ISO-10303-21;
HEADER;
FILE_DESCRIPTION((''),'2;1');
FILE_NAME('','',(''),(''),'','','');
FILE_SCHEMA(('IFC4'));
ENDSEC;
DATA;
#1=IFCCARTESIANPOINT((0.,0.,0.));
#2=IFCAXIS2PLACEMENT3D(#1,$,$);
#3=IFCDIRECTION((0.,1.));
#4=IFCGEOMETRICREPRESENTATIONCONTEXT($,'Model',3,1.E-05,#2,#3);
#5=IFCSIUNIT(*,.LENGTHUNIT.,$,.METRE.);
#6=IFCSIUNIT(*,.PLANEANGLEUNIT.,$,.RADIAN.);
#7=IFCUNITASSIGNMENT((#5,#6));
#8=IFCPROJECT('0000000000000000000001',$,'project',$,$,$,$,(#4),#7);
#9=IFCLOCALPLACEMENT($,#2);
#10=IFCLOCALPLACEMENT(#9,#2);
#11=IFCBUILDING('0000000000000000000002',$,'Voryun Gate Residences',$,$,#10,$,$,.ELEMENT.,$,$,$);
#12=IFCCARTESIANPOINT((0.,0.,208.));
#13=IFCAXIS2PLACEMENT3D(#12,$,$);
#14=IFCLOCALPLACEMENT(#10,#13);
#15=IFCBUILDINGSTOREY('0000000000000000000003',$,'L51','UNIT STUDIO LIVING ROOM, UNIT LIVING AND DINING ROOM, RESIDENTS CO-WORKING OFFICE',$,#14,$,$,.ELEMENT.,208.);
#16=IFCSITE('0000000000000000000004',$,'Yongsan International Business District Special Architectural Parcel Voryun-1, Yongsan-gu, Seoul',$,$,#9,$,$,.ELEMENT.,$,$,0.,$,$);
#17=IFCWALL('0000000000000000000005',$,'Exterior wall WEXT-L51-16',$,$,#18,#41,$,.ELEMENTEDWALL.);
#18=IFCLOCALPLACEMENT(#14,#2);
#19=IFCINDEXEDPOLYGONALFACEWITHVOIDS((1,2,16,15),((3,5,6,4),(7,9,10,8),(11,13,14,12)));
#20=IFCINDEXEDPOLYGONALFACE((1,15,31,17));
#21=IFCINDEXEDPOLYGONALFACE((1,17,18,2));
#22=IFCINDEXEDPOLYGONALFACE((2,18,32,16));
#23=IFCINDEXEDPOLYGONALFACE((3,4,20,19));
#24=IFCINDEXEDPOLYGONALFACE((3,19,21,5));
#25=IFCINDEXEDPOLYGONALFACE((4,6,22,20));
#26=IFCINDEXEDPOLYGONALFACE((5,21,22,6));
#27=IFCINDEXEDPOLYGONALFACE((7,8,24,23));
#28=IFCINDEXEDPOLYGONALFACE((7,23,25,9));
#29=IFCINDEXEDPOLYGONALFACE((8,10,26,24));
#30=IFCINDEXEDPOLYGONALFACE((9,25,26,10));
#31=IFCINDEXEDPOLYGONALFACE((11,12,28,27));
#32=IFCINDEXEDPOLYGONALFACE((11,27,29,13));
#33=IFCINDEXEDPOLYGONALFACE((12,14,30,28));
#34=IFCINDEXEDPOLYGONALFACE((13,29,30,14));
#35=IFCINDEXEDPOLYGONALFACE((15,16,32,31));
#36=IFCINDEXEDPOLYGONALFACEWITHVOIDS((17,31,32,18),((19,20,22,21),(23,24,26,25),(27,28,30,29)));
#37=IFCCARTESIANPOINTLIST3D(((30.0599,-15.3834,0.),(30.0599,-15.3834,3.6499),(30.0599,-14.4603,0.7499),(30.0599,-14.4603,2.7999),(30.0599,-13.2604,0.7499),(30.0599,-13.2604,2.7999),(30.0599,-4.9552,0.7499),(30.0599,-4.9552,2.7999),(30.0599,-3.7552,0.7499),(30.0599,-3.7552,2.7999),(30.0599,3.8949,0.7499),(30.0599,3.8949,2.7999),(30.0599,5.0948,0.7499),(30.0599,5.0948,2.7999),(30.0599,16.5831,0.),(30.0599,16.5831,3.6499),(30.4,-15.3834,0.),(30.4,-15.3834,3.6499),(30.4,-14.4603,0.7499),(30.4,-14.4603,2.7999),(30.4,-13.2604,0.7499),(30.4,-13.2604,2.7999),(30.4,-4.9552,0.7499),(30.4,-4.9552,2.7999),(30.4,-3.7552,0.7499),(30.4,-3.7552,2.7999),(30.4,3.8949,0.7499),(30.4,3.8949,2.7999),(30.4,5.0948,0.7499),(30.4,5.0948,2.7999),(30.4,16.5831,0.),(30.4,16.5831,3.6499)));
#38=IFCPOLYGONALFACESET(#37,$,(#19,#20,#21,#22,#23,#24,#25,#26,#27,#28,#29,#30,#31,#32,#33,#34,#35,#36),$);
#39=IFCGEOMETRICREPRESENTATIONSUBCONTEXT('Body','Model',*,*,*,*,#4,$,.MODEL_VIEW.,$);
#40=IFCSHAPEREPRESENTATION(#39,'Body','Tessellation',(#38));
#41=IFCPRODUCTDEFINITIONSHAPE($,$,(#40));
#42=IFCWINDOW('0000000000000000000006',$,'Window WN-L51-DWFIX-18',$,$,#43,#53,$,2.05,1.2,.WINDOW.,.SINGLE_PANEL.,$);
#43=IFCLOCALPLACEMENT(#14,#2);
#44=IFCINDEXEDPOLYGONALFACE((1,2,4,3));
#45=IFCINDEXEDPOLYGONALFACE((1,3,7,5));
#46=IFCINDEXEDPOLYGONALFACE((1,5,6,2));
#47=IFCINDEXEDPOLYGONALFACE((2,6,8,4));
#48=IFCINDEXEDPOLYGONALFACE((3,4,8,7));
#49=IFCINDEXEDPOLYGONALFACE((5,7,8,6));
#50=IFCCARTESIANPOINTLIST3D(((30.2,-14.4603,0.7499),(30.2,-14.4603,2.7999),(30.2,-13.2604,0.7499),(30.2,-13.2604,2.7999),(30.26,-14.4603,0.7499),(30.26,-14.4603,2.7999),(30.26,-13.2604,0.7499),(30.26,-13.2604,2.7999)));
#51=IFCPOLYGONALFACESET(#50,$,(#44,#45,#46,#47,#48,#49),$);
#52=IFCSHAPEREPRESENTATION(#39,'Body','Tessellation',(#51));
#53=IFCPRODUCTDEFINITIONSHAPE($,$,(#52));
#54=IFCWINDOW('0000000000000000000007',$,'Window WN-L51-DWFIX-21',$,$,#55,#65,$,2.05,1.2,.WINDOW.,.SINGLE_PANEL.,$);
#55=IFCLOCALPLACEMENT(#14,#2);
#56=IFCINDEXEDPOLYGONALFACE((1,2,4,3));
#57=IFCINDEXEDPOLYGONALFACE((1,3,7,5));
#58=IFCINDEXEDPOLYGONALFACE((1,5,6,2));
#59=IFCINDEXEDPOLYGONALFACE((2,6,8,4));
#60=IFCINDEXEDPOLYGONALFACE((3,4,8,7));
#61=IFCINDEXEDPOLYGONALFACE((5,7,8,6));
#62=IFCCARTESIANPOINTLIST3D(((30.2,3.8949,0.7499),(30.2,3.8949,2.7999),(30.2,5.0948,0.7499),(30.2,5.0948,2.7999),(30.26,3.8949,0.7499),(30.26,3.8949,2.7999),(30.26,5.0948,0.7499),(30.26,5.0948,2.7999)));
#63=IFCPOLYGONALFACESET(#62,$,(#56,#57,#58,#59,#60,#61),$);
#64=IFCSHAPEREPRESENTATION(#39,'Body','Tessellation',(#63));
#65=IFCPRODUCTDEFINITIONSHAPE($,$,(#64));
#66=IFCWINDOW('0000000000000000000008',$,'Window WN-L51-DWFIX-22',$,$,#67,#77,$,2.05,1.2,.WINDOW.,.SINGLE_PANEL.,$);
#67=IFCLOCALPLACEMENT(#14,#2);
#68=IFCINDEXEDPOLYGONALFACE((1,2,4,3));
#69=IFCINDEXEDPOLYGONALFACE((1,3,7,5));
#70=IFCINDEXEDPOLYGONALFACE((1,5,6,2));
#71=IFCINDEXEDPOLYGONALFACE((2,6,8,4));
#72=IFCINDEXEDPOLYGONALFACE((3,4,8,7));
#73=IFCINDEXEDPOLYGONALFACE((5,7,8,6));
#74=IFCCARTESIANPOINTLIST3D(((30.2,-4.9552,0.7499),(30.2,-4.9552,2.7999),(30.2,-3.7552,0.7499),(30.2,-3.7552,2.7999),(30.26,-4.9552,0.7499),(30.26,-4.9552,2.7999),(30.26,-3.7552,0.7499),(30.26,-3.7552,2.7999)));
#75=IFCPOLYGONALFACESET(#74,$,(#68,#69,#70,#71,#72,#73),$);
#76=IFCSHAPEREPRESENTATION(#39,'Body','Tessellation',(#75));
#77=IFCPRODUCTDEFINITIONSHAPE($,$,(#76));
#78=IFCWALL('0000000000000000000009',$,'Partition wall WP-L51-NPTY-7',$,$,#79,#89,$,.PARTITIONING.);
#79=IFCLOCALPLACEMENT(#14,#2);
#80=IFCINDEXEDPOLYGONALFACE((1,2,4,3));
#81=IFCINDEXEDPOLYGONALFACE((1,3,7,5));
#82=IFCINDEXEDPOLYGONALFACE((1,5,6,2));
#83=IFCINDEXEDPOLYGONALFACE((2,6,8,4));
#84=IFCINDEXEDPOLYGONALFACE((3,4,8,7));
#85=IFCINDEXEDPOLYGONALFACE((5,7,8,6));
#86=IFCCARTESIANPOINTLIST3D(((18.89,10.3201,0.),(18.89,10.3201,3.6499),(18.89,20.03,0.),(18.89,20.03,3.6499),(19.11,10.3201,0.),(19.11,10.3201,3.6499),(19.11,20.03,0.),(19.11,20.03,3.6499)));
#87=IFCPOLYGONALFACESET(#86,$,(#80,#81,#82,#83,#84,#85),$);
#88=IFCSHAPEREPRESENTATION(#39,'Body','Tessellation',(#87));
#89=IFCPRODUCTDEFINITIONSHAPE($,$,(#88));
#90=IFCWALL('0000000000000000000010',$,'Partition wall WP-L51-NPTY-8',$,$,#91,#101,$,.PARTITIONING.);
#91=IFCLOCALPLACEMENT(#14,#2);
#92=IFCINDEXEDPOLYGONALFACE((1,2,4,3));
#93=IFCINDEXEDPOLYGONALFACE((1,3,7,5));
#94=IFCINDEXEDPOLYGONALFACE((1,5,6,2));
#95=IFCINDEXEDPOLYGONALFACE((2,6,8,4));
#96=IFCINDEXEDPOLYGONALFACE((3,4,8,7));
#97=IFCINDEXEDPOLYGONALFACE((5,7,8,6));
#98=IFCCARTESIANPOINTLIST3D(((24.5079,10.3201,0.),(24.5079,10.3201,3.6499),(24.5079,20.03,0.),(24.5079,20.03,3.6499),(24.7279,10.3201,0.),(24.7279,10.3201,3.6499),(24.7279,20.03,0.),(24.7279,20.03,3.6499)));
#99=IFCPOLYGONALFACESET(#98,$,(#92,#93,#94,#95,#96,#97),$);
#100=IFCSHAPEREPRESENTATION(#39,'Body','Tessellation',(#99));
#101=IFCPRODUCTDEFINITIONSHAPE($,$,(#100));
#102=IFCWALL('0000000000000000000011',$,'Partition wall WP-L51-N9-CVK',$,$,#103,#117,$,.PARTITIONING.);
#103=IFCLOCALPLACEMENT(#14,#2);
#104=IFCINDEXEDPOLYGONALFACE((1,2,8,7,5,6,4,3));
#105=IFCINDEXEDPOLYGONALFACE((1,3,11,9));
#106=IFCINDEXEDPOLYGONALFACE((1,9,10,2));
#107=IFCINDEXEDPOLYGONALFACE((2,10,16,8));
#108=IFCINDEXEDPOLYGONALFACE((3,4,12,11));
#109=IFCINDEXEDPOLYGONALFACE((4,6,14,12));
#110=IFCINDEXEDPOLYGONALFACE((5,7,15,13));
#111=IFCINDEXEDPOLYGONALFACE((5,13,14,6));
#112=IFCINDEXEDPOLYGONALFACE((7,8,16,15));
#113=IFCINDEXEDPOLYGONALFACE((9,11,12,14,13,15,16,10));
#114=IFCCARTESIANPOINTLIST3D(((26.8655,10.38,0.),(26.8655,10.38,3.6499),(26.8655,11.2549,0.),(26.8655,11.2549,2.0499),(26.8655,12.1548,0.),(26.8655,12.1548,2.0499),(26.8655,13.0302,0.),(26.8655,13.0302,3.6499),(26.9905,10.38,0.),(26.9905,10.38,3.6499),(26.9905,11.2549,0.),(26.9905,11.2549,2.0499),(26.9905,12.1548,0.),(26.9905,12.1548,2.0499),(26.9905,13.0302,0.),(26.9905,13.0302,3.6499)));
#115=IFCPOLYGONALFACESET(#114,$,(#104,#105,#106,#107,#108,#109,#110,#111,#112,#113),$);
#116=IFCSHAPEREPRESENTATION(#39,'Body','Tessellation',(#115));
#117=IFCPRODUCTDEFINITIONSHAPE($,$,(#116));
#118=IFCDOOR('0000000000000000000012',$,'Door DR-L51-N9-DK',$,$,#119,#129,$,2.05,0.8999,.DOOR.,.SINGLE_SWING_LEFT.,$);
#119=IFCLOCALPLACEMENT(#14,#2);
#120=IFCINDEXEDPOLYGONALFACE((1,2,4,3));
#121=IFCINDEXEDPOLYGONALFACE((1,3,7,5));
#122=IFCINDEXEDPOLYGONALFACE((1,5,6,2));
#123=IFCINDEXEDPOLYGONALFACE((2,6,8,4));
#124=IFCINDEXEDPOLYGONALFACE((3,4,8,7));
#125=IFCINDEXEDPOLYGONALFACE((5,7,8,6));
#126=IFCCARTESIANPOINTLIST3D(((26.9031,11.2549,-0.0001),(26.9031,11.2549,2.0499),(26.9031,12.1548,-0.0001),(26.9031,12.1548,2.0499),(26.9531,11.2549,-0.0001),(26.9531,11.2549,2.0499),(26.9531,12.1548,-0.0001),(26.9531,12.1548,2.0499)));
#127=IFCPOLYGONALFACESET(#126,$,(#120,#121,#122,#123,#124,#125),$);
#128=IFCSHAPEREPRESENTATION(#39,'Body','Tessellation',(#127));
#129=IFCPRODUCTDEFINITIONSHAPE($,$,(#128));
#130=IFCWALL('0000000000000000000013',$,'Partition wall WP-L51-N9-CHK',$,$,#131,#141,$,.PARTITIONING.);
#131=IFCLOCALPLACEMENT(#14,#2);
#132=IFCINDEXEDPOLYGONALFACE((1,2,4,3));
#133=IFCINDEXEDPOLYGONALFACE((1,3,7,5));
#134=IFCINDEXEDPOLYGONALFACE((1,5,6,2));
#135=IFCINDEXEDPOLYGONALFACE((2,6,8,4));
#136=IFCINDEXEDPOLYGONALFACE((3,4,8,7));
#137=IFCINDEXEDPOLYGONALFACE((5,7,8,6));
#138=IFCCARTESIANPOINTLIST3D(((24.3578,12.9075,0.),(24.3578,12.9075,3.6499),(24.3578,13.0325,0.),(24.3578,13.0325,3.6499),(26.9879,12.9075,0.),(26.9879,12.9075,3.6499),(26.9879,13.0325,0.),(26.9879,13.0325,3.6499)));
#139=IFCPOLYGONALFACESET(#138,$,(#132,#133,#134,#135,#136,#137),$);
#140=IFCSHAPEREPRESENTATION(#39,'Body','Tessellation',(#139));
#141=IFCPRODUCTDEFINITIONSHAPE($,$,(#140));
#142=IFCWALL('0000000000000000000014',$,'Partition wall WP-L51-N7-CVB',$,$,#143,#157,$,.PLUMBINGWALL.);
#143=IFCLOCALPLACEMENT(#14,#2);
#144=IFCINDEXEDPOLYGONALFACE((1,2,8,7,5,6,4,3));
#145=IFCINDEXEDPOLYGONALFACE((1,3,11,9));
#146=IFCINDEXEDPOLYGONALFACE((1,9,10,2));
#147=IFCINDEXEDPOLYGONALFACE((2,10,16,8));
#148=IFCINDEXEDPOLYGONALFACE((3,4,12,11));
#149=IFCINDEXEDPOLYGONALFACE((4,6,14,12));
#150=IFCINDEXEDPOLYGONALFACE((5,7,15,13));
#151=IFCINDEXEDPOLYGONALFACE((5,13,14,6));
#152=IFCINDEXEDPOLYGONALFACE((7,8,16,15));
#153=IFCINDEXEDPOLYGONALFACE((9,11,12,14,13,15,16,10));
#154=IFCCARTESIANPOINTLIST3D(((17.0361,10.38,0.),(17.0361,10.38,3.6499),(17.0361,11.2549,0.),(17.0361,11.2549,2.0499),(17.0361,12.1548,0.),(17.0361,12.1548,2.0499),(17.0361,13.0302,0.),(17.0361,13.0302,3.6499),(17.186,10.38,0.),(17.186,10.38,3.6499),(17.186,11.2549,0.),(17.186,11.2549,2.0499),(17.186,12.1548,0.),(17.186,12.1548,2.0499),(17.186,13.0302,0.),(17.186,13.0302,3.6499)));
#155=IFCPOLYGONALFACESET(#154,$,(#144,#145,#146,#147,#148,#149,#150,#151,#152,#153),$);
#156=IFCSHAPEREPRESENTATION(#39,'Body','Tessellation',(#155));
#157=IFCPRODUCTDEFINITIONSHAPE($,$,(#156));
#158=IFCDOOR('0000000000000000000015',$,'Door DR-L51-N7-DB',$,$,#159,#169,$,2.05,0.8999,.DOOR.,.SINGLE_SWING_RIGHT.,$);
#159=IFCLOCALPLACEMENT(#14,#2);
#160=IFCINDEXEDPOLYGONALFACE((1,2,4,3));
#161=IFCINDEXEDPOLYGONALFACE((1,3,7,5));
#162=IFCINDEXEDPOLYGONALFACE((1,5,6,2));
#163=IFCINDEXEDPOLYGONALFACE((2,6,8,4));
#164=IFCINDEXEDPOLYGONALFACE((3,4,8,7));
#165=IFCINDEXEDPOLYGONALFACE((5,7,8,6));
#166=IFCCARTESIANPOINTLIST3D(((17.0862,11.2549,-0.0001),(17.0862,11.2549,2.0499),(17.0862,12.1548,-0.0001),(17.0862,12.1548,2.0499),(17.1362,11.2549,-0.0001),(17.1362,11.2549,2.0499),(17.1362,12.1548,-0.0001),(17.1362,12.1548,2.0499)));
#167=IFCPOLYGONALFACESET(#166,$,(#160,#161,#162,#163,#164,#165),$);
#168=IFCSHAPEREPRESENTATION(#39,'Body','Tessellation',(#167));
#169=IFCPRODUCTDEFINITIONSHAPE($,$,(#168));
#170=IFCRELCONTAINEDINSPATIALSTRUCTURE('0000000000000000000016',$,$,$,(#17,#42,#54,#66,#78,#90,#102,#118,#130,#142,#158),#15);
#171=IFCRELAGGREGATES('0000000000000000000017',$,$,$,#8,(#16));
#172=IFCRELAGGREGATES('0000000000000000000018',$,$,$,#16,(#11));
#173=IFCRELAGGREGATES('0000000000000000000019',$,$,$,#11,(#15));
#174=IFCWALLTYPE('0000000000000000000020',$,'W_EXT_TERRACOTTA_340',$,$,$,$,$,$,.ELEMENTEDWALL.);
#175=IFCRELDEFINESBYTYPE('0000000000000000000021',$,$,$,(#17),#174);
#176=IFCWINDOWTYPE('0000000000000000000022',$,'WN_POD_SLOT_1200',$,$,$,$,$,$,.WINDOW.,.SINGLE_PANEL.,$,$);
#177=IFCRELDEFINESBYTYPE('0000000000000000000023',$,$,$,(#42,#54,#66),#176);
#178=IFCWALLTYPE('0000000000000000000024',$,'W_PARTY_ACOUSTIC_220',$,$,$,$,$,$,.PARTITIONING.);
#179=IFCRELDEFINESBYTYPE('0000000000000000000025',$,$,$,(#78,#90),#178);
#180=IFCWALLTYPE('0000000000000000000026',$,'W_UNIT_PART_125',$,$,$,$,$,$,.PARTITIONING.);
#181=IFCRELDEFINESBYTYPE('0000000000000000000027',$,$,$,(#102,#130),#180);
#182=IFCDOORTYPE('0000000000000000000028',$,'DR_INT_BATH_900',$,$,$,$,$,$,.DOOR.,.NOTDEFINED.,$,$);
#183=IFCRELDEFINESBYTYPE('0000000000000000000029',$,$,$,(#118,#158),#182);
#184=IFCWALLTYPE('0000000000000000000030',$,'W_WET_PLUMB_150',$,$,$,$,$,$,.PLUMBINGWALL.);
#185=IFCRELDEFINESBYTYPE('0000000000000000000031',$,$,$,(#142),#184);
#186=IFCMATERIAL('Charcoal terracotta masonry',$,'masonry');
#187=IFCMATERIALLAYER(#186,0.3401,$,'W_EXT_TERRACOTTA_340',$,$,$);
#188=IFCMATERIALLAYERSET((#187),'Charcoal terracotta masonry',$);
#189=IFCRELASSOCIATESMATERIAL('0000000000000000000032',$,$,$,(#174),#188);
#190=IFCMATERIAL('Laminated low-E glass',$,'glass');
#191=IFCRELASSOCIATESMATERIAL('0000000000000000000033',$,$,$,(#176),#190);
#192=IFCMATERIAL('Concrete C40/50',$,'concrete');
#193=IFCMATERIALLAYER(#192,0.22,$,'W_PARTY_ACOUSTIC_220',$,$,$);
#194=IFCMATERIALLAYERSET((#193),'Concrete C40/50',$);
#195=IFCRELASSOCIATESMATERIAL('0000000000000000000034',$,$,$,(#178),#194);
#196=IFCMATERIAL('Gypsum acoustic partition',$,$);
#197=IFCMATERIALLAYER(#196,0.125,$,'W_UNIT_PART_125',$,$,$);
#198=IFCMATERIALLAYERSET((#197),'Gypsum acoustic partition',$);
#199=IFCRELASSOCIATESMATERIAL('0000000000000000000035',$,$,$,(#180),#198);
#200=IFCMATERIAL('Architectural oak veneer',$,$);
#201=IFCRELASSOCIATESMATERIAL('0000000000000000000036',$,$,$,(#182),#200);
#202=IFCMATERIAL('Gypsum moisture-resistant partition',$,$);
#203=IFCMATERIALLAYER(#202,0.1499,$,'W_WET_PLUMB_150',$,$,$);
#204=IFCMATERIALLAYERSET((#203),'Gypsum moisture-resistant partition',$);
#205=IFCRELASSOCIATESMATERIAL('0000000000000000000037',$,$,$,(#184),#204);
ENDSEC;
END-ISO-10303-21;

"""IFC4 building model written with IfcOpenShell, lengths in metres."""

from ifc_helpers import new_model, si_unit, direction, frame, frame_2d, origin, place, context, subcontext, project, spatial, rectangle, extrude, material, layer, layer_set, type_object, element, fill, save


model = new_model("IFC4")

# Units and contexts
model_context = context("Model", 3, precision=1e-05, world=origin(), true_north=direction((0.0, 1.0)))
body_context = subcontext(model_context, "Body", "Model", "MODEL_VIEW")
ifc_project = project(units=[si_unit("LENGTHUNIT", "METRE"), si_unit("PLANEANGLEUNIT", "RADIAN")], contexts=[model_context])

# Site, building, storey
site_placement = place(None, origin())
site = spatial("IfcSite", under=ifc_project, at=site_placement, Name="Yongsan International Business District Special Architectural Parcel Voryun-1, Yongsan-gu, Seoul", CompositionType="ELEMENT", RefElevation=0.0)
building_placement = place(site_placement, origin())
building = spatial("IfcBuilding", under=site, at=building_placement, Name="Voryun Gate Residences", CompositionType="ELEMENT")
storey_placement = place(building_placement, frame((0.0, 0.0, 208.0)))
storey = spatial("IfcBuildingStorey", under=building, at=storey_placement, Name="L51", Description="UNIT STUDIO LIVING ROOM, UNIT LIVING AND DINING ROOM, RESIDENTS CO-WORKING OFFICE", CompositionType="ELEMENT", Elevation=208.0)

# Shared definitions
ifc_material_1 = material(Name="Charcoal terracotta masonry", Category="masonry")
ifc_layer_1 = layer(ifc_material_1, 0.3401, Name="W_EXT_TERRACOTTA_340")
ifc_layer_set_1 = layer_set([ifc_layer_1], Name="Charcoal terracotta masonry")
wall_type_1 = type_object("IfcWallType", Name="W_EXT_TERRACOTTA_340", PredefinedType="ELEMENTEDWALL", material=ifc_layer_set_1)

# Wall, openings, windows
wall_1_placement = place(storey_placement, frame((30.23, 16.5833, 0.0), z_axis=(0.0, 0.0, 1.0), x_axis=(0.0, -1.0, 0.0)))
wall_1 = element("IfcWall", 1, at=wall_1_placement, inside=storey, type_object=wall_type_1, Name="Exterior wall WEXT-L51-16", PredefinedType="ELEMENTEDWALL", context=body_context, shape_type="SweptSolid", body=[
    extrude(rectangle(XDim=31.9666, YDim=0.3401, at=frame_2d((15.9834, 0.0))), origin(), (0.0, 0.0, 1.0), 3.6499),
])
opening_1_placement = place(wall_1_placement, frame((29.8435, 0.0, 0.75)))
opening_1 = element("IfcOpeningElement", 2, at=opening_1_placement, cuts=wall_1, PredefinedType="OPENING", context=body_context, shape_type="SweptSolid", body=[
    extrude(rectangle(XDim=1.2, YDim=2.05, at=frame_2d((0.6001, 1.0249))), frame((0.0, 0.1799, 0.0), z_axis=(0.0, -1.0, 0.0), x_axis=(1.0, 0.0, 0.0)), (0.0, 0.0, 1.0), 0.3601),
])
opening_2_placement = place(wall_1_placement, frame((11.4883, 0.0, 0.75)))
opening_2 = element("IfcOpeningElement", 3, at=opening_2_placement, cuts=wall_1, PredefinedType="OPENING", context=body_context, shape_type="SweptSolid", body=[
    extrude(rectangle(XDim=1.2, YDim=2.05, at=frame_2d((0.6001, 1.0249))), frame((0.0, 0.1799, 0.0), z_axis=(0.0, -1.0, 0.0), x_axis=(1.0, 0.0, 0.0)), (0.0, 0.0, 1.0), 0.3601),
])
opening_3_placement = place(wall_1_placement, frame((20.3384, 0.0, 0.75)))
opening_3 = element("IfcOpeningElement", 4, at=opening_3_placement, cuts=wall_1, PredefinedType="OPENING", context=body_context, shape_type="SweptSolid", body=[
    extrude(rectangle(XDim=1.2, YDim=2.05, at=frame_2d((0.6001, 1.0249))), frame((0.0, 0.1799, 0.0), z_axis=(0.0, -1.0, 0.0), x_axis=(1.0, 0.0, 0.0)), (0.0, 0.0, 1.0), 0.3601),
])
ifc_material_2 = material(Name="Laminated low-E glass", Category="glass")
window_type = type_object("IfcWindowType", Name="WN_POD_SLOT_1200", PartitioningType="SINGLE_PANEL", PredefinedType="WINDOW", material=ifc_material_2)
window_1_placement = place(opening_1_placement, origin())
window_1 = element("IfcWindow", 5, at=window_1_placement, inside=storey, type_object=window_type, Name="Window WN-L51-DWFIX-18", OverallHeight=2.05, OverallWidth=1.2, PartitioningType="SINGLE_PANEL", PredefinedType="WINDOW", context=body_context, shape_type="SweptSolid", body=[
    extrude(rectangle(XDim=1.2, YDim=2.05, at=frame_2d((0.6001, 1.0249))), frame((0.0, 0.03, 0.0), z_axis=(0.0, -1.0, 0.0), x_axis=(1.0, 0.0, 0.0)), (0.0, 0.0, 1.0), 0.0601),
])
fill(opening_1, window_1)
window_2_placement = place(opening_2_placement, origin())
window_2 = element("IfcWindow", 6, at=window_2_placement, inside=storey, type_object=window_type, Name="Window WN-L51-DWFIX-21", OverallHeight=2.05, OverallWidth=1.2, PartitioningType="SINGLE_PANEL", PredefinedType="WINDOW", context=body_context, shape_type="SweptSolid", body=[
    extrude(rectangle(XDim=1.2, YDim=2.05, at=frame_2d((0.6001, 1.0249))), frame((0.0, 0.03, 0.0), z_axis=(0.0, -1.0, 0.0), x_axis=(1.0, 0.0, 0.0)), (0.0, 0.0, 1.0), 0.0601),
])
fill(opening_2, window_2)
window_3_placement = place(opening_3_placement, origin())
window_3 = element("IfcWindow", 7, at=window_3_placement, inside=storey, type_object=window_type, Name="Window WN-L51-DWFIX-22", OverallHeight=2.05, OverallWidth=1.2, PartitioningType="SINGLE_PANEL", PredefinedType="WINDOW", context=body_context, shape_type="SweptSolid", body=[
    extrude(rectangle(XDim=1.2, YDim=2.05, at=frame_2d((0.6001, 1.0249))), frame((0.0, 0.03, 0.0), z_axis=(0.0, -1.0, 0.0), x_axis=(1.0, 0.0, 0.0)), (0.0, 0.0, 1.0), 0.0601),
])
fill(opening_3, window_3)

# Walls
ifc_material_3 = material(Name="Concrete C40/50", Category="concrete")
ifc_layer_2 = layer(ifc_material_3, 0.22, Name="W_PARTY_ACOUSTIC_220")
ifc_layer_set_2 = layer_set([ifc_layer_2], Name="Concrete C40/50")
wall_type_2 = type_object("IfcWallType", Name="W_PARTY_ACOUSTIC_220", PredefinedType="PARTITIONING", material=ifc_layer_set_2)
for number, where, z_axis, x_axis, name in (
    (8, (19.0, 10.3201, 0.0), (0.0, 0.0, 1.0), (0.0, 1.0, 0.0), "Partition wall WP-L51-NPTY-7"),
    (9, (24.6179, 10.3201, 0.0), (0.0, 0.0, 1.0), (0.0, 1.0, 0.0), "Partition wall WP-L51-NPTY-8"),
):
    element("IfcWall", number, at=place(storey_placement, frame(where, z_axis=z_axis, x_axis=x_axis)), inside=storey, type_object=wall_type_2, Name=name, PredefinedType="PARTITIONING", context=body_context, shape_type="SweptSolid", body=[
        extrude(rectangle(XDim=9.71, YDim=0.22, at=frame_2d((4.855, 0.0))), origin(), (0.0, 0.0, 1.0), 3.6499),
    ])

# Wall, opening, door
ifc_material_4 = material(Name="Gypsum acoustic partition")
ifc_layer_3 = layer(ifc_material_4, 0.125, Name="W_UNIT_PART_125")
ifc_layer_set_3 = layer_set([ifc_layer_3], Name="Gypsum acoustic partition")
wall_type_3 = type_object("IfcWallType", Name="W_UNIT_PART_125", PredefinedType="PARTITIONING", material=ifc_layer_set_3)
wall_2_placement = place(storey_placement, frame((26.928, 10.3799, 0.0), z_axis=(0.0, 0.0, 1.0), x_axis=(0.0, 1.0, 0.0)))
wall_2 = element("IfcWall", 10, at=wall_2_placement, inside=storey, type_object=wall_type_3, Name="Partition wall WP-L51-N9-CVK", PredefinedType="PARTITIONING", context=body_context, shape_type="SweptSolid", body=[
    extrude(rectangle(XDim=2.6501, YDim=0.125, at=frame_2d((1.3252, 0.0))), origin(), (0.0, 0.0, 1.0), 3.6499),
])
opening_4_placement = place(wall_2_placement, frame((0.875, 0.0, 0.0)))
opening_4 = element("IfcOpeningElement", 11, at=opening_4_placement, cuts=wall_2, PredefinedType="OPENING", context=body_context, shape_type="SweptSolid", body=[
    extrude(rectangle(XDim=0.8999, YDim=2.05, at=frame_2d((0.45, 1.0249))), frame((0.0, 0.0725, 0.0), z_axis=(0.0, -1.0, 0.0), x_axis=(1.0, 0.0, 0.0)), (0.0, 0.0, 1.0), 0.145),
])
ifc_material_5 = material(Name="Architectural oak veneer")
door_type = type_object("IfcDoorType", Name="DR_INT_BATH_900", OperationType="NOTDEFINED", PredefinedType="DOOR", material=ifc_material_5)
door_1_placement = place(opening_4_placement, origin())
door_1 = element("IfcDoor", 12, at=door_1_placement, inside=storey, type_object=door_type, Name="Door DR-L51-N9-DK", OperationType="SINGLE_SWING_LEFT", OverallHeight=2.05, OverallWidth=0.8999, PredefinedType="DOOR", context=body_context, shape_type="SweptSolid", body=[
    extrude(rectangle(XDim=0.8999, YDim=2.05, at=frame_2d((0.45, 1.0249))), frame((0.0, 0.0249, 0.0), z_axis=(0.0, -1.0, 0.0), x_axis=(1.0, 0.0, 0.0)), (0.0, 0.0, 1.0), 0.05),
])
fill(opening_4, door_1)

# Wall
wall_3_placement = place(storey_placement, frame((24.3579, 12.97, 0.0), z_axis=(0.0, 0.0, 1.0), x_axis=(1.0, 0.0, 0.0)))
element("IfcWall", 13, at=wall_3_placement, inside=storey, type_object=wall_type_3, Name="Partition wall WP-L51-N9-CHK", PredefinedType="PARTITIONING", context=body_context, shape_type="SweptSolid", body=[
    extrude(rectangle(XDim=2.6301, YDim=0.125, at=frame_2d((1.3149, 0.0))), origin(), (0.0, 0.0, 1.0), 3.6499),
])

# Wall, opening, door
ifc_material_6 = material(Name="Gypsum moisture-resistant partition")
ifc_layer_4 = layer(ifc_material_6, 0.1499, Name="W_WET_PLUMB_150")
ifc_layer_set_4 = layer_set([ifc_layer_4], Name="Gypsum moisture-resistant partition")
wall_type_4 = type_object("IfcWallType", Name="W_WET_PLUMB_150", PredefinedType="PLUMBINGWALL", material=ifc_layer_set_4)
wall_4_placement = place(storey_placement, frame((17.1111, 10.3799, 0.0), z_axis=(0.0, 0.0, 1.0), x_axis=(0.0, 1.0, 0.0)))
wall_4 = element("IfcWall", 14, at=wall_4_placement, inside=storey, type_object=wall_type_4, Name="Partition wall WP-L51-N7-CVB", PredefinedType="PLUMBINGWALL", context=body_context, shape_type="SweptSolid", body=[
    extrude(rectangle(XDim=2.6501, YDim=0.1499, at=frame_2d((1.3252, 0.0))), origin(), (0.0, 0.0, 1.0), 3.6499),
])
opening_5_placement = place(wall_4_placement, frame((0.875, 0.0, 0.0)))
opening_5 = element("IfcOpeningElement", 15, at=opening_5_placement, cuts=wall_4, PredefinedType="OPENING", context=body_context, shape_type="SweptSolid", body=[
    extrude(rectangle(XDim=0.8999, YDim=2.05, at=frame_2d((0.45, 1.0249))), frame((0.0, 0.085, 0.0), z_axis=(0.0, -1.0, 0.0), x_axis=(1.0, 0.0, 0.0)), (0.0, 0.0, 1.0), 0.1699),
])
door_2_placement = place(opening_5_placement, origin())
door_2 = element("IfcDoor", 16, at=door_2_placement, inside=storey, type_object=door_type, Name="Door DR-L51-N7-DB", OperationType="SINGLE_SWING_RIGHT", OverallHeight=2.05, OverallWidth=0.8999, PredefinedType="DOOR", context=body_context, shape_type="SweptSolid", body=[
    extrude(rectangle(XDim=0.8999, YDim=2.05, at=frame_2d((0.45, 1.0249))), frame((0.0, 0.0249, 0.0), z_axis=(0.0, -1.0, 0.0), x_axis=(1.0, 0.0, 0.0)), (0.0, 0.0, 1.0), 0.05),
])
fill(opening_5, door_2)

save(model, "model.ifc")
